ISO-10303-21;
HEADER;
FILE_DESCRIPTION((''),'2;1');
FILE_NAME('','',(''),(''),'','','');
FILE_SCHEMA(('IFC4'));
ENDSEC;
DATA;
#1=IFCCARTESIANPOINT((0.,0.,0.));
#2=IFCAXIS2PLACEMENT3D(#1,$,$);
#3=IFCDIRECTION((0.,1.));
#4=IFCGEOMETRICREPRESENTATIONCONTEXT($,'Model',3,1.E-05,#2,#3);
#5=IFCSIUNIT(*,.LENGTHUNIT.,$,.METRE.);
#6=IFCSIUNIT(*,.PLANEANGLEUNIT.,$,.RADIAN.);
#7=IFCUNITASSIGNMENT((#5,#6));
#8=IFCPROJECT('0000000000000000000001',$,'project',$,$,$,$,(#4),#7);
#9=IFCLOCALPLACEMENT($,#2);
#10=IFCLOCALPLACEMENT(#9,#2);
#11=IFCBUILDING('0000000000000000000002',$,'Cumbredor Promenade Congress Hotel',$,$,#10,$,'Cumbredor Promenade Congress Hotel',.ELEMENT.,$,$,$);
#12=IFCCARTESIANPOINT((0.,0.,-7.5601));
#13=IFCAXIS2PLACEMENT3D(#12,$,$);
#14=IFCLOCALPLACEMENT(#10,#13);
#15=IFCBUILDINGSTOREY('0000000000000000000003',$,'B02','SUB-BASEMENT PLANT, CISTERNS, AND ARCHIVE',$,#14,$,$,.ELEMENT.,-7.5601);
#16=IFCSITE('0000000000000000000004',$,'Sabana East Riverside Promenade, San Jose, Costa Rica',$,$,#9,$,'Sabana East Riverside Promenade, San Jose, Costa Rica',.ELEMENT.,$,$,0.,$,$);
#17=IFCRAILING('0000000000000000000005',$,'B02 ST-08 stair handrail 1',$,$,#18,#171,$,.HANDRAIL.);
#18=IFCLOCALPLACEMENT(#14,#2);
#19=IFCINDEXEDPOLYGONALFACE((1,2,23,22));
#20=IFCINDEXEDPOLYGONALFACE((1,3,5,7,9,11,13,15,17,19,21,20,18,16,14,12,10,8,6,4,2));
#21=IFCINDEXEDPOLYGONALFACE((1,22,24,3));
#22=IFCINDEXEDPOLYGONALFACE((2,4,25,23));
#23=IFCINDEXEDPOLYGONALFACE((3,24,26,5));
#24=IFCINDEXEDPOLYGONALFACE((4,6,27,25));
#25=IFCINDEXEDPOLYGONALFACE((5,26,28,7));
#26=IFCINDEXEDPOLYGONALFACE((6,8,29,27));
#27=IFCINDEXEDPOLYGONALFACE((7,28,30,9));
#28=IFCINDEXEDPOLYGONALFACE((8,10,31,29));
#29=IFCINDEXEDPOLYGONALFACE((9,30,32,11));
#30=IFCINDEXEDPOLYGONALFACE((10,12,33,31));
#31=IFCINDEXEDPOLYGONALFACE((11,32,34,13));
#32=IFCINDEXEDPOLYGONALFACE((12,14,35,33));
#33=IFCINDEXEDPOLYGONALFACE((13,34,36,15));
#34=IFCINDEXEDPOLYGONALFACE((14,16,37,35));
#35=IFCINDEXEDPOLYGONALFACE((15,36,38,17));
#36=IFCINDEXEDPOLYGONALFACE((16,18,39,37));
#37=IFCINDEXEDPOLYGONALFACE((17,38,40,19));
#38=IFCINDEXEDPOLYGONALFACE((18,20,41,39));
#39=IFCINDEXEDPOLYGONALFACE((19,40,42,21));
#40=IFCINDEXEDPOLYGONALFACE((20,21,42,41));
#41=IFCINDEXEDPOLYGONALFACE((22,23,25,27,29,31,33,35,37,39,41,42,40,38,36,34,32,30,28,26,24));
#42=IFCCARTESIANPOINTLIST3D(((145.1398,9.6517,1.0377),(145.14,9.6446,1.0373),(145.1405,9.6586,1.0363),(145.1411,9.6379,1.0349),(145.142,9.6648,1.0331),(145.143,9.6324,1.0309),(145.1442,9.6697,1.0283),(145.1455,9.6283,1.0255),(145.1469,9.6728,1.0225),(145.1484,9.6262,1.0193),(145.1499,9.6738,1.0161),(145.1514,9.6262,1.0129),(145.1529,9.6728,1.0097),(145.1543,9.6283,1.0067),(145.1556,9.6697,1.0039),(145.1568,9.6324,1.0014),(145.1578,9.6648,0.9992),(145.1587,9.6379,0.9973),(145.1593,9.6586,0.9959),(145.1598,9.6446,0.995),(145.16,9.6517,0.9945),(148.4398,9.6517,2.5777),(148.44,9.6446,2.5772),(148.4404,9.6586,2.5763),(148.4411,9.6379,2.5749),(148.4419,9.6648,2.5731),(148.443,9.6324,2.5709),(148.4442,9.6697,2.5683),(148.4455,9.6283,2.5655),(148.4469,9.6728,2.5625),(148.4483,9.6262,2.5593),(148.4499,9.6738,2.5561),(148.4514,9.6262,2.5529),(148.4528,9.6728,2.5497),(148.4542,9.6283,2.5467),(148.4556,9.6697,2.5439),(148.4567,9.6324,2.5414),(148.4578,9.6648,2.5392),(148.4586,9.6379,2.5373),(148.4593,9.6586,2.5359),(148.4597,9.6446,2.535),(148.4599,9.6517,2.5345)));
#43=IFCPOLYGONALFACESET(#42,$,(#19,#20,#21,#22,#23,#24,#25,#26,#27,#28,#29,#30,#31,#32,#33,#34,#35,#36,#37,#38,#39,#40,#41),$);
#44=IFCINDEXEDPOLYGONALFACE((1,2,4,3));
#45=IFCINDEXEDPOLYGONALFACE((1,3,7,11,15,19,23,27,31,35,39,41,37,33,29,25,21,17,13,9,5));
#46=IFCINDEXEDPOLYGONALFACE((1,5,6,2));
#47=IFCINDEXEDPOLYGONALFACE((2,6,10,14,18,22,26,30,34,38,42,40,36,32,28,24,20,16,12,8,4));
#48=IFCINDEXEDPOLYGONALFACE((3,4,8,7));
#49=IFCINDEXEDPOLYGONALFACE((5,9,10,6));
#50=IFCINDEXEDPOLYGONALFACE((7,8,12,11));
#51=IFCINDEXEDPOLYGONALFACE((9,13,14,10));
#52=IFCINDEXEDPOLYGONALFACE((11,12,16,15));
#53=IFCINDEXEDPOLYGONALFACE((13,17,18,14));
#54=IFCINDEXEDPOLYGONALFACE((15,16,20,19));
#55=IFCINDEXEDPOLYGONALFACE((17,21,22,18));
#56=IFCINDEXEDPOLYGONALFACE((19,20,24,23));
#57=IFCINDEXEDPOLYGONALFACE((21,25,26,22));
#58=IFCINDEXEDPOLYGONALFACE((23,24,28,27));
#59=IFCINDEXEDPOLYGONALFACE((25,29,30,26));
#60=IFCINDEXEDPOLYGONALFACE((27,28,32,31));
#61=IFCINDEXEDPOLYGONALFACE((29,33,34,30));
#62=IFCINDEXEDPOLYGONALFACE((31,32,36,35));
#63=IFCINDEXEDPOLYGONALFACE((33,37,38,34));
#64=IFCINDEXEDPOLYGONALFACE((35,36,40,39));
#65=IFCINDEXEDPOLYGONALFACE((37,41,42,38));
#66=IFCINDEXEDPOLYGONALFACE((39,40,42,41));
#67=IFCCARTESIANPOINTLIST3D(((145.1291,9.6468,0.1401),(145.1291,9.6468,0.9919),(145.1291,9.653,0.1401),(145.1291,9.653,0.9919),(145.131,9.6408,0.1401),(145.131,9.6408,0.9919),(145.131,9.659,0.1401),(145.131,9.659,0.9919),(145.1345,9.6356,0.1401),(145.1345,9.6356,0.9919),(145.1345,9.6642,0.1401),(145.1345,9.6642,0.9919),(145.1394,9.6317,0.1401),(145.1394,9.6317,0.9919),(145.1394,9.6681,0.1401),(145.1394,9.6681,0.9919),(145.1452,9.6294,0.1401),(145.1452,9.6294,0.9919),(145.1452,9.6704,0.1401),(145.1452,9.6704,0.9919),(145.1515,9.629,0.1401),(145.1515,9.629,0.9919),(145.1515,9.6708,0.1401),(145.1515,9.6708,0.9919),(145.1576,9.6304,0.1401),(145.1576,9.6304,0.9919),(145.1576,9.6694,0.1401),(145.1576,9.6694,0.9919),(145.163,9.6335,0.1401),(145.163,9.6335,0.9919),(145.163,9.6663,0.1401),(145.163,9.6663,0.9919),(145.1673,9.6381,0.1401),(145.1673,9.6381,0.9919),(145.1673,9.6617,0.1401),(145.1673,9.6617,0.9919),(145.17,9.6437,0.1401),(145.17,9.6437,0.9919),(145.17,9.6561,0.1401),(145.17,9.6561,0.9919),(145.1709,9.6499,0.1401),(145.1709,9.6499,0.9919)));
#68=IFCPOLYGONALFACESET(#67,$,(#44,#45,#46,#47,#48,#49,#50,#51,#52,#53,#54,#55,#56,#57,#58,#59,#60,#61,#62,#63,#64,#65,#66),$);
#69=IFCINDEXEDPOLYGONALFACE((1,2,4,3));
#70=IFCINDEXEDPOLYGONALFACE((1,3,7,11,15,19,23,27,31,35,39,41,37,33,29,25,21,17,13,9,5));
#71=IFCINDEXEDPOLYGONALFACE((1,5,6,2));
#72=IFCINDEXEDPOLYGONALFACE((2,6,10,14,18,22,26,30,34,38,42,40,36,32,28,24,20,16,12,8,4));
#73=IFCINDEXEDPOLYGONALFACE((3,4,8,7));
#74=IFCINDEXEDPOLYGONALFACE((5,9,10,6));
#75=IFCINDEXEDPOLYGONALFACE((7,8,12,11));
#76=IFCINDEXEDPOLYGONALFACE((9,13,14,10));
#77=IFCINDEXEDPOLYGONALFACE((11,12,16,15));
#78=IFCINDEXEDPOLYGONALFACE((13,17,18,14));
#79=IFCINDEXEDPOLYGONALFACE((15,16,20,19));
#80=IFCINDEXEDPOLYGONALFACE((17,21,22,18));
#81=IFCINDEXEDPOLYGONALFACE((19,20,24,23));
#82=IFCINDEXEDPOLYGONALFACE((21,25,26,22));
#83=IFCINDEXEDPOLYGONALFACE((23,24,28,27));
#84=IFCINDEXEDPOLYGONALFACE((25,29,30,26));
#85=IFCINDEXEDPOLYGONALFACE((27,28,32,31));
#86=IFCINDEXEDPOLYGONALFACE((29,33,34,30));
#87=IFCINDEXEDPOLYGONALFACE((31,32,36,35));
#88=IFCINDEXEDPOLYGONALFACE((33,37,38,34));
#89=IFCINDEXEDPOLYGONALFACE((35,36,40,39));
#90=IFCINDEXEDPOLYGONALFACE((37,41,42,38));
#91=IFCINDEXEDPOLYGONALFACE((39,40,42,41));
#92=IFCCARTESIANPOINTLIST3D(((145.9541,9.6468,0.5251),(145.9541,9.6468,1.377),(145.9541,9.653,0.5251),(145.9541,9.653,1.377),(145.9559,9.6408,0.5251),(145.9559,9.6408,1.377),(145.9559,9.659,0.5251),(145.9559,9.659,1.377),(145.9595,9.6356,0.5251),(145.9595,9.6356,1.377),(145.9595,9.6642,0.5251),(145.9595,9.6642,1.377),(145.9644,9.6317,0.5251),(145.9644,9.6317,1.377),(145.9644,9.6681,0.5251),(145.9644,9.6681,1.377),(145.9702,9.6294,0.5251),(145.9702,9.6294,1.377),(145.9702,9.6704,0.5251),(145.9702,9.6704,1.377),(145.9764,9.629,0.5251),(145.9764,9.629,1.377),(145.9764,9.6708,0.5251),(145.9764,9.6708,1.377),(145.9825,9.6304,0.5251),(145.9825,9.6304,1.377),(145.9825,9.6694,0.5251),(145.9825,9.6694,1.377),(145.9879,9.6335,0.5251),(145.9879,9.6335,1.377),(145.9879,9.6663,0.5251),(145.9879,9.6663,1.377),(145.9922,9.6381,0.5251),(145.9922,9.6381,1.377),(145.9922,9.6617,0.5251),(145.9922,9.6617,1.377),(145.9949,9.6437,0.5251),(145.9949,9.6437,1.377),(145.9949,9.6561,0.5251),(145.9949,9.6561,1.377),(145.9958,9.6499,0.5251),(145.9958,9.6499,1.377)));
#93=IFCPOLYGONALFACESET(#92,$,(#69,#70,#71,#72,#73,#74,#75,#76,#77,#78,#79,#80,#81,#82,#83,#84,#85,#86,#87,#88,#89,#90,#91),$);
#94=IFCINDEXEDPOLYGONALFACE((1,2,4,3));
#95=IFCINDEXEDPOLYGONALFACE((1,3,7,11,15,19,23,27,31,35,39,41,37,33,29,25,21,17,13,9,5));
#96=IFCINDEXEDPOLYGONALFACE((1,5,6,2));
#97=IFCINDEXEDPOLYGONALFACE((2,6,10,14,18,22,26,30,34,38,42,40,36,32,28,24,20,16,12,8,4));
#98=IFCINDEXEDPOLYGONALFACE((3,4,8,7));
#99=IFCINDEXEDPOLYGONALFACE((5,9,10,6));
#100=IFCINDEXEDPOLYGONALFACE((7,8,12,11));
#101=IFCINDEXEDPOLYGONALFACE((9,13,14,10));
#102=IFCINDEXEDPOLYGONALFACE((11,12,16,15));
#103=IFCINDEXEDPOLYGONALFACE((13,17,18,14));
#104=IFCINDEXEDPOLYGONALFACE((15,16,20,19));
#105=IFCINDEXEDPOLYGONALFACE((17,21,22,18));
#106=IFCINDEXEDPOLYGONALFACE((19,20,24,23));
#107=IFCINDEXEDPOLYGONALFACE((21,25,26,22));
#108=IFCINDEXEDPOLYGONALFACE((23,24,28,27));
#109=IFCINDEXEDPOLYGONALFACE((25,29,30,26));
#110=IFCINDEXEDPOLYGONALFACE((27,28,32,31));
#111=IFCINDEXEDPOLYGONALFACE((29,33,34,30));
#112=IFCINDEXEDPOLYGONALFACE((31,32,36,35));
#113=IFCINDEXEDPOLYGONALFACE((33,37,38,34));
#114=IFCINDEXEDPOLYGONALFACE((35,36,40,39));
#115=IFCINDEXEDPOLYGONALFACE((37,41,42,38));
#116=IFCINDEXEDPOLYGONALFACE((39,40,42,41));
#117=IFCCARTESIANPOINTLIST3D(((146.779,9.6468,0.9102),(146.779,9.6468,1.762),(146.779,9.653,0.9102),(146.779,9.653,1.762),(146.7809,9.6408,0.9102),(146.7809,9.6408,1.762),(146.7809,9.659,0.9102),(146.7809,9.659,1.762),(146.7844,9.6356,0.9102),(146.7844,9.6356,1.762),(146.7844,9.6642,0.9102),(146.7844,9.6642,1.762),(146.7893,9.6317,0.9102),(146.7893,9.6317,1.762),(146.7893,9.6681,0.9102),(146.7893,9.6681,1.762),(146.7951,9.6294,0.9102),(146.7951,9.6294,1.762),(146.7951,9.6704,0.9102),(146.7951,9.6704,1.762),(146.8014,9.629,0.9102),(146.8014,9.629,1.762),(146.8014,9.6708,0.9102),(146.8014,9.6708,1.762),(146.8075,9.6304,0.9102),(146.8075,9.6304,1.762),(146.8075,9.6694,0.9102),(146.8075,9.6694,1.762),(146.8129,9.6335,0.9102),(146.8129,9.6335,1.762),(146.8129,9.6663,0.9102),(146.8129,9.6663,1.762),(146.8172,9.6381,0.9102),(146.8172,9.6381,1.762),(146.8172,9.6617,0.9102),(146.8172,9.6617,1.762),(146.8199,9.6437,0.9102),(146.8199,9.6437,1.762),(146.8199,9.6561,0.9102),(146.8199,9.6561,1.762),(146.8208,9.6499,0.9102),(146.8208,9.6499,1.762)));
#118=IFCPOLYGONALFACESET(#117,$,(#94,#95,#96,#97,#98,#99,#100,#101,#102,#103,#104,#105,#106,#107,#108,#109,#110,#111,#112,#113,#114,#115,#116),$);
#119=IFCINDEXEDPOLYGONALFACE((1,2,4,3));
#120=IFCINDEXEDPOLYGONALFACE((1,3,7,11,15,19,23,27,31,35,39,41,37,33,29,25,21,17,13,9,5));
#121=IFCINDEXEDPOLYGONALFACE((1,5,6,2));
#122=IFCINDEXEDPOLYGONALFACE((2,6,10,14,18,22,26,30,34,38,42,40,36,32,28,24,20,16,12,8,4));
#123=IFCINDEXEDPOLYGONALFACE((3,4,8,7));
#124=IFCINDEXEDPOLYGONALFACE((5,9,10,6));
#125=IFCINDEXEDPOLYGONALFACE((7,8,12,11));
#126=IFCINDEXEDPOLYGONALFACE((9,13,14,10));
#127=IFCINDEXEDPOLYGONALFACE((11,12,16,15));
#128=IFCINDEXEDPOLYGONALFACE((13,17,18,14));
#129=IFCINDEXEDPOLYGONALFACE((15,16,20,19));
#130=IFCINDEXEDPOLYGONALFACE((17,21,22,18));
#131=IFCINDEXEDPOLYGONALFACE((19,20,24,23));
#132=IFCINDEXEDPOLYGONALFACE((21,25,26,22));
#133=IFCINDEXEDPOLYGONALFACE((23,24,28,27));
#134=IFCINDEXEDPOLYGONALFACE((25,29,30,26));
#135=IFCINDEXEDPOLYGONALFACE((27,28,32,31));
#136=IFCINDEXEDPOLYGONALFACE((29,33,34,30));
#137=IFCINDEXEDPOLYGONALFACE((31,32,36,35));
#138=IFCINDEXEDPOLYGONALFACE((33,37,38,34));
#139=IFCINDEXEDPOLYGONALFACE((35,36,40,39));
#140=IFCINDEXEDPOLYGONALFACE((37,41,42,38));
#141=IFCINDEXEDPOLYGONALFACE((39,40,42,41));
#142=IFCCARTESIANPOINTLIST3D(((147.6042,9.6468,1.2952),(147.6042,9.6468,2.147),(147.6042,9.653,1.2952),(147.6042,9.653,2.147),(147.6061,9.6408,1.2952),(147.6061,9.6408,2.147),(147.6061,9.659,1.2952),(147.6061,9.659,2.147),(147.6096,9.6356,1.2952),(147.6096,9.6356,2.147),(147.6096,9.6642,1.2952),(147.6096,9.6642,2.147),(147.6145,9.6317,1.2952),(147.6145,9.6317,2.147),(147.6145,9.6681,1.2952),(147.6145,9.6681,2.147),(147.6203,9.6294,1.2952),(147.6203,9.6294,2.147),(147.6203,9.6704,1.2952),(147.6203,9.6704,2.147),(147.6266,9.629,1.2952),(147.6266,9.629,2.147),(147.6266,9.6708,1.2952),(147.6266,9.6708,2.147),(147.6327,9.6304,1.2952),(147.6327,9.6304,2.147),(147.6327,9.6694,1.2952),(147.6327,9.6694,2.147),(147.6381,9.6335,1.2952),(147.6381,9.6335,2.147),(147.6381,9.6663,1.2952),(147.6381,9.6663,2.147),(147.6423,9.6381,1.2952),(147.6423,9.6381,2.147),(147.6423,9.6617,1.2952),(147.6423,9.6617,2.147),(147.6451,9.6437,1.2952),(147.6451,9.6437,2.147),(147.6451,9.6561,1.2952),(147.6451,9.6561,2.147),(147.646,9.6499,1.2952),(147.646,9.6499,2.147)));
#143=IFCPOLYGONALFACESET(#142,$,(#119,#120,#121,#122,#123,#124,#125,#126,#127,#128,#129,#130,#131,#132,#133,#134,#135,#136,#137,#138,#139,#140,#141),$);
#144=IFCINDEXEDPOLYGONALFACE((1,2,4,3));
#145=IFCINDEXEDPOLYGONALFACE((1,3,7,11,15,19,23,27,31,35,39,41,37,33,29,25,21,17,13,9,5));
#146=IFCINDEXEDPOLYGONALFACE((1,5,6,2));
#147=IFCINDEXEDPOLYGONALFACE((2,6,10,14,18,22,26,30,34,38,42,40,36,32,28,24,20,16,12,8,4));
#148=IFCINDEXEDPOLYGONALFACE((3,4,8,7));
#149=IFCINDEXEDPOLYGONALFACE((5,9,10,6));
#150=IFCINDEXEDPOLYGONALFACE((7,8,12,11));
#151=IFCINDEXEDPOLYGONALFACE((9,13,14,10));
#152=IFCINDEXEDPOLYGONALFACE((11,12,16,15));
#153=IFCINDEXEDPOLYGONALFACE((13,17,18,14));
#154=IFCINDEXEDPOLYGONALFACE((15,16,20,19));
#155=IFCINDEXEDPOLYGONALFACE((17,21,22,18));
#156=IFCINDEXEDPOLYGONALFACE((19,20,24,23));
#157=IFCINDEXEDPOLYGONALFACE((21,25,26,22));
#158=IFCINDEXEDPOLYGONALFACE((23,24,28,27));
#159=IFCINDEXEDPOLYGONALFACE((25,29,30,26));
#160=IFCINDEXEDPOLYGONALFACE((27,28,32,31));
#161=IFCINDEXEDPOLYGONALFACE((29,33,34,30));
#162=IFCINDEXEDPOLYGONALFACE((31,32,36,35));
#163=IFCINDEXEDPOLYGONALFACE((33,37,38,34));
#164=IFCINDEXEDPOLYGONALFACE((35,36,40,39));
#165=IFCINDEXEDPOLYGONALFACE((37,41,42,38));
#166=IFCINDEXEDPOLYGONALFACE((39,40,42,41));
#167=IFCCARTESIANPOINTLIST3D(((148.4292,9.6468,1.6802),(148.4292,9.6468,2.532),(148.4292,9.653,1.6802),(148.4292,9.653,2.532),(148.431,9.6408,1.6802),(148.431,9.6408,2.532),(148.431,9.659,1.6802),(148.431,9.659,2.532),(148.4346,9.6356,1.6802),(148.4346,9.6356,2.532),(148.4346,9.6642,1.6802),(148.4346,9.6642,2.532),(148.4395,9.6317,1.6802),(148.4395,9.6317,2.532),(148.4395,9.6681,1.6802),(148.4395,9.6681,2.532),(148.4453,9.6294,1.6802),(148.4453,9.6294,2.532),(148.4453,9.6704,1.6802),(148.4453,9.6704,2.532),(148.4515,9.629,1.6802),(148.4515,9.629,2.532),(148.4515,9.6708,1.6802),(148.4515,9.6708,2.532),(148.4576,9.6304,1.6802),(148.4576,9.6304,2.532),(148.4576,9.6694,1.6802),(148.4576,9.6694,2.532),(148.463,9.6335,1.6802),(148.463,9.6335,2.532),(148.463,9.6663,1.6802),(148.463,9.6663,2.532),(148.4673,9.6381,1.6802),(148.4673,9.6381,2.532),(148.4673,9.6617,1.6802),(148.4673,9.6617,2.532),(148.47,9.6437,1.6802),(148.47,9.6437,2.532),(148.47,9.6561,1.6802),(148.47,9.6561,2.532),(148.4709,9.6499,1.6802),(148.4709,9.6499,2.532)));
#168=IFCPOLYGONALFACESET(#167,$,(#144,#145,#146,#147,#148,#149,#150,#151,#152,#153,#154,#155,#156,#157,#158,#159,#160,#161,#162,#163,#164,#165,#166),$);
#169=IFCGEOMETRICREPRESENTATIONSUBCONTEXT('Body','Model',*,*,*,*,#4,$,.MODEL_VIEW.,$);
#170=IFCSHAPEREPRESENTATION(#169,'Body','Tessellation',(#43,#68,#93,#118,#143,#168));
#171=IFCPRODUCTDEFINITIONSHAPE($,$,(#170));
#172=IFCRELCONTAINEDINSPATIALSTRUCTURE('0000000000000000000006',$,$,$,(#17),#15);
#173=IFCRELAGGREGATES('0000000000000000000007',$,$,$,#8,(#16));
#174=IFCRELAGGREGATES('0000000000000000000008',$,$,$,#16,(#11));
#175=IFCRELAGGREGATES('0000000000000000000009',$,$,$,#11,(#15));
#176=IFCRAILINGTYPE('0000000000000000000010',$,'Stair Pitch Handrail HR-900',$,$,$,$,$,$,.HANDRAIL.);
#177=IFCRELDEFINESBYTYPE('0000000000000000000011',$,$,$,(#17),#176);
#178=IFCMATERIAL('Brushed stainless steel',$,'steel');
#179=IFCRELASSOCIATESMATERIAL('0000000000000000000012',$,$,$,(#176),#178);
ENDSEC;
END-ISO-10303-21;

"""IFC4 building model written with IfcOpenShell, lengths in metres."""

from ifc_helpers import new_model, si_unit, direction, frame, origin, origin_2d, place, context, subcontext, project, spatial, circle, extrude, material, type_object, element, save


model = new_model("IFC4")

# Units and contexts
model_context = context("Model", 3, precision=1e-05, world=origin(), true_north=direction((0.0, 1.0)))
body_context = subcontext(model_context, "Body", "Model", "MODEL_VIEW")
ifc_project = project(units=[si_unit("LENGTHUNIT", "METRE"), si_unit("PLANEANGLEUNIT", "RADIAN")], contexts=[model_context])

# Site, building, storey
site_placement = place(None, origin())
site = spatial("IfcSite", under=ifc_project, at=site_placement, Name="Sabana East Riverside Promenade, San Jose, Costa Rica", LongName="Sabana East Riverside Promenade, San Jose, Costa Rica", CompositionType="ELEMENT", RefElevation=0.0)
building_placement = place(site_placement, origin())
building = spatial("IfcBuilding", under=site, at=building_placement, Name="Cumbredor Promenade Congress Hotel", LongName="Cumbredor Promenade Congress Hotel", CompositionType="ELEMENT")
storey_placement = place(building_placement, frame((0.0, 0.0, -7.5601)))
storey = spatial("IfcBuildingStorey", under=building, at=storey_placement, Name="B02", Description="SUB-BASEMENT PLANT, CISTERNS, AND ARCHIVE", CompositionType="ELEMENT", Elevation=-7.5601)

# Railing
ifc_material_1 = material(Name="Brushed stainless steel", Category="steel")
railing_type_1 = type_object("IfcRailingType", Name="Stair Pitch Handrail HR-900", PredefinedType="HANDRAIL", material=ifc_material_1)
railing_1_placement = place(storey_placement, frame((145.1499, 9.6499, 0.1401)))
element("IfcRailing", 1, at=railing_1_placement, inside=storey, type_object=railing_type_1, Name="B02 ST-08 stair handrail 1", PredefinedType="HANDRAIL", context=body_context, shape_type="SweptSolid", body=[
    extrude(circle(Radius=0.0239, at=origin_2d()), frame((0.0, 0.0, 0.876), z_axis=(0.906181, 0.0, 0.422889), x_axis=(0.0, 1.0, 0.0)), (0.0, 0.0, 1.0), 3.6416),
    extrude(circle(Radius=0.021, at=origin_2d()), origin(), (0.0, 0.0, 1.0), 0.8518),
    extrude(circle(Radius=0.021, at=origin_2d()), frame((0.825, 0.0, 0.385)), (0.0, 0.0, 1.0), 0.8518),
    extrude(circle(Radius=0.021, at=origin_2d()), frame((1.6499, 0.0, 0.77)), (0.0, 0.0, 1.0), 0.8518),
    extrude(circle(Radius=0.021, at=origin_2d()), frame((2.4751, 0.0, 1.155)), (0.0, 0.0, 1.0), 0.8518),
    extrude(circle(Radius=0.021, at=origin_2d()), frame((3.3, 0.0, 1.54)), (0.0, 0.0, 1.0), 0.8518),
])

save(model, "model.ifc")
